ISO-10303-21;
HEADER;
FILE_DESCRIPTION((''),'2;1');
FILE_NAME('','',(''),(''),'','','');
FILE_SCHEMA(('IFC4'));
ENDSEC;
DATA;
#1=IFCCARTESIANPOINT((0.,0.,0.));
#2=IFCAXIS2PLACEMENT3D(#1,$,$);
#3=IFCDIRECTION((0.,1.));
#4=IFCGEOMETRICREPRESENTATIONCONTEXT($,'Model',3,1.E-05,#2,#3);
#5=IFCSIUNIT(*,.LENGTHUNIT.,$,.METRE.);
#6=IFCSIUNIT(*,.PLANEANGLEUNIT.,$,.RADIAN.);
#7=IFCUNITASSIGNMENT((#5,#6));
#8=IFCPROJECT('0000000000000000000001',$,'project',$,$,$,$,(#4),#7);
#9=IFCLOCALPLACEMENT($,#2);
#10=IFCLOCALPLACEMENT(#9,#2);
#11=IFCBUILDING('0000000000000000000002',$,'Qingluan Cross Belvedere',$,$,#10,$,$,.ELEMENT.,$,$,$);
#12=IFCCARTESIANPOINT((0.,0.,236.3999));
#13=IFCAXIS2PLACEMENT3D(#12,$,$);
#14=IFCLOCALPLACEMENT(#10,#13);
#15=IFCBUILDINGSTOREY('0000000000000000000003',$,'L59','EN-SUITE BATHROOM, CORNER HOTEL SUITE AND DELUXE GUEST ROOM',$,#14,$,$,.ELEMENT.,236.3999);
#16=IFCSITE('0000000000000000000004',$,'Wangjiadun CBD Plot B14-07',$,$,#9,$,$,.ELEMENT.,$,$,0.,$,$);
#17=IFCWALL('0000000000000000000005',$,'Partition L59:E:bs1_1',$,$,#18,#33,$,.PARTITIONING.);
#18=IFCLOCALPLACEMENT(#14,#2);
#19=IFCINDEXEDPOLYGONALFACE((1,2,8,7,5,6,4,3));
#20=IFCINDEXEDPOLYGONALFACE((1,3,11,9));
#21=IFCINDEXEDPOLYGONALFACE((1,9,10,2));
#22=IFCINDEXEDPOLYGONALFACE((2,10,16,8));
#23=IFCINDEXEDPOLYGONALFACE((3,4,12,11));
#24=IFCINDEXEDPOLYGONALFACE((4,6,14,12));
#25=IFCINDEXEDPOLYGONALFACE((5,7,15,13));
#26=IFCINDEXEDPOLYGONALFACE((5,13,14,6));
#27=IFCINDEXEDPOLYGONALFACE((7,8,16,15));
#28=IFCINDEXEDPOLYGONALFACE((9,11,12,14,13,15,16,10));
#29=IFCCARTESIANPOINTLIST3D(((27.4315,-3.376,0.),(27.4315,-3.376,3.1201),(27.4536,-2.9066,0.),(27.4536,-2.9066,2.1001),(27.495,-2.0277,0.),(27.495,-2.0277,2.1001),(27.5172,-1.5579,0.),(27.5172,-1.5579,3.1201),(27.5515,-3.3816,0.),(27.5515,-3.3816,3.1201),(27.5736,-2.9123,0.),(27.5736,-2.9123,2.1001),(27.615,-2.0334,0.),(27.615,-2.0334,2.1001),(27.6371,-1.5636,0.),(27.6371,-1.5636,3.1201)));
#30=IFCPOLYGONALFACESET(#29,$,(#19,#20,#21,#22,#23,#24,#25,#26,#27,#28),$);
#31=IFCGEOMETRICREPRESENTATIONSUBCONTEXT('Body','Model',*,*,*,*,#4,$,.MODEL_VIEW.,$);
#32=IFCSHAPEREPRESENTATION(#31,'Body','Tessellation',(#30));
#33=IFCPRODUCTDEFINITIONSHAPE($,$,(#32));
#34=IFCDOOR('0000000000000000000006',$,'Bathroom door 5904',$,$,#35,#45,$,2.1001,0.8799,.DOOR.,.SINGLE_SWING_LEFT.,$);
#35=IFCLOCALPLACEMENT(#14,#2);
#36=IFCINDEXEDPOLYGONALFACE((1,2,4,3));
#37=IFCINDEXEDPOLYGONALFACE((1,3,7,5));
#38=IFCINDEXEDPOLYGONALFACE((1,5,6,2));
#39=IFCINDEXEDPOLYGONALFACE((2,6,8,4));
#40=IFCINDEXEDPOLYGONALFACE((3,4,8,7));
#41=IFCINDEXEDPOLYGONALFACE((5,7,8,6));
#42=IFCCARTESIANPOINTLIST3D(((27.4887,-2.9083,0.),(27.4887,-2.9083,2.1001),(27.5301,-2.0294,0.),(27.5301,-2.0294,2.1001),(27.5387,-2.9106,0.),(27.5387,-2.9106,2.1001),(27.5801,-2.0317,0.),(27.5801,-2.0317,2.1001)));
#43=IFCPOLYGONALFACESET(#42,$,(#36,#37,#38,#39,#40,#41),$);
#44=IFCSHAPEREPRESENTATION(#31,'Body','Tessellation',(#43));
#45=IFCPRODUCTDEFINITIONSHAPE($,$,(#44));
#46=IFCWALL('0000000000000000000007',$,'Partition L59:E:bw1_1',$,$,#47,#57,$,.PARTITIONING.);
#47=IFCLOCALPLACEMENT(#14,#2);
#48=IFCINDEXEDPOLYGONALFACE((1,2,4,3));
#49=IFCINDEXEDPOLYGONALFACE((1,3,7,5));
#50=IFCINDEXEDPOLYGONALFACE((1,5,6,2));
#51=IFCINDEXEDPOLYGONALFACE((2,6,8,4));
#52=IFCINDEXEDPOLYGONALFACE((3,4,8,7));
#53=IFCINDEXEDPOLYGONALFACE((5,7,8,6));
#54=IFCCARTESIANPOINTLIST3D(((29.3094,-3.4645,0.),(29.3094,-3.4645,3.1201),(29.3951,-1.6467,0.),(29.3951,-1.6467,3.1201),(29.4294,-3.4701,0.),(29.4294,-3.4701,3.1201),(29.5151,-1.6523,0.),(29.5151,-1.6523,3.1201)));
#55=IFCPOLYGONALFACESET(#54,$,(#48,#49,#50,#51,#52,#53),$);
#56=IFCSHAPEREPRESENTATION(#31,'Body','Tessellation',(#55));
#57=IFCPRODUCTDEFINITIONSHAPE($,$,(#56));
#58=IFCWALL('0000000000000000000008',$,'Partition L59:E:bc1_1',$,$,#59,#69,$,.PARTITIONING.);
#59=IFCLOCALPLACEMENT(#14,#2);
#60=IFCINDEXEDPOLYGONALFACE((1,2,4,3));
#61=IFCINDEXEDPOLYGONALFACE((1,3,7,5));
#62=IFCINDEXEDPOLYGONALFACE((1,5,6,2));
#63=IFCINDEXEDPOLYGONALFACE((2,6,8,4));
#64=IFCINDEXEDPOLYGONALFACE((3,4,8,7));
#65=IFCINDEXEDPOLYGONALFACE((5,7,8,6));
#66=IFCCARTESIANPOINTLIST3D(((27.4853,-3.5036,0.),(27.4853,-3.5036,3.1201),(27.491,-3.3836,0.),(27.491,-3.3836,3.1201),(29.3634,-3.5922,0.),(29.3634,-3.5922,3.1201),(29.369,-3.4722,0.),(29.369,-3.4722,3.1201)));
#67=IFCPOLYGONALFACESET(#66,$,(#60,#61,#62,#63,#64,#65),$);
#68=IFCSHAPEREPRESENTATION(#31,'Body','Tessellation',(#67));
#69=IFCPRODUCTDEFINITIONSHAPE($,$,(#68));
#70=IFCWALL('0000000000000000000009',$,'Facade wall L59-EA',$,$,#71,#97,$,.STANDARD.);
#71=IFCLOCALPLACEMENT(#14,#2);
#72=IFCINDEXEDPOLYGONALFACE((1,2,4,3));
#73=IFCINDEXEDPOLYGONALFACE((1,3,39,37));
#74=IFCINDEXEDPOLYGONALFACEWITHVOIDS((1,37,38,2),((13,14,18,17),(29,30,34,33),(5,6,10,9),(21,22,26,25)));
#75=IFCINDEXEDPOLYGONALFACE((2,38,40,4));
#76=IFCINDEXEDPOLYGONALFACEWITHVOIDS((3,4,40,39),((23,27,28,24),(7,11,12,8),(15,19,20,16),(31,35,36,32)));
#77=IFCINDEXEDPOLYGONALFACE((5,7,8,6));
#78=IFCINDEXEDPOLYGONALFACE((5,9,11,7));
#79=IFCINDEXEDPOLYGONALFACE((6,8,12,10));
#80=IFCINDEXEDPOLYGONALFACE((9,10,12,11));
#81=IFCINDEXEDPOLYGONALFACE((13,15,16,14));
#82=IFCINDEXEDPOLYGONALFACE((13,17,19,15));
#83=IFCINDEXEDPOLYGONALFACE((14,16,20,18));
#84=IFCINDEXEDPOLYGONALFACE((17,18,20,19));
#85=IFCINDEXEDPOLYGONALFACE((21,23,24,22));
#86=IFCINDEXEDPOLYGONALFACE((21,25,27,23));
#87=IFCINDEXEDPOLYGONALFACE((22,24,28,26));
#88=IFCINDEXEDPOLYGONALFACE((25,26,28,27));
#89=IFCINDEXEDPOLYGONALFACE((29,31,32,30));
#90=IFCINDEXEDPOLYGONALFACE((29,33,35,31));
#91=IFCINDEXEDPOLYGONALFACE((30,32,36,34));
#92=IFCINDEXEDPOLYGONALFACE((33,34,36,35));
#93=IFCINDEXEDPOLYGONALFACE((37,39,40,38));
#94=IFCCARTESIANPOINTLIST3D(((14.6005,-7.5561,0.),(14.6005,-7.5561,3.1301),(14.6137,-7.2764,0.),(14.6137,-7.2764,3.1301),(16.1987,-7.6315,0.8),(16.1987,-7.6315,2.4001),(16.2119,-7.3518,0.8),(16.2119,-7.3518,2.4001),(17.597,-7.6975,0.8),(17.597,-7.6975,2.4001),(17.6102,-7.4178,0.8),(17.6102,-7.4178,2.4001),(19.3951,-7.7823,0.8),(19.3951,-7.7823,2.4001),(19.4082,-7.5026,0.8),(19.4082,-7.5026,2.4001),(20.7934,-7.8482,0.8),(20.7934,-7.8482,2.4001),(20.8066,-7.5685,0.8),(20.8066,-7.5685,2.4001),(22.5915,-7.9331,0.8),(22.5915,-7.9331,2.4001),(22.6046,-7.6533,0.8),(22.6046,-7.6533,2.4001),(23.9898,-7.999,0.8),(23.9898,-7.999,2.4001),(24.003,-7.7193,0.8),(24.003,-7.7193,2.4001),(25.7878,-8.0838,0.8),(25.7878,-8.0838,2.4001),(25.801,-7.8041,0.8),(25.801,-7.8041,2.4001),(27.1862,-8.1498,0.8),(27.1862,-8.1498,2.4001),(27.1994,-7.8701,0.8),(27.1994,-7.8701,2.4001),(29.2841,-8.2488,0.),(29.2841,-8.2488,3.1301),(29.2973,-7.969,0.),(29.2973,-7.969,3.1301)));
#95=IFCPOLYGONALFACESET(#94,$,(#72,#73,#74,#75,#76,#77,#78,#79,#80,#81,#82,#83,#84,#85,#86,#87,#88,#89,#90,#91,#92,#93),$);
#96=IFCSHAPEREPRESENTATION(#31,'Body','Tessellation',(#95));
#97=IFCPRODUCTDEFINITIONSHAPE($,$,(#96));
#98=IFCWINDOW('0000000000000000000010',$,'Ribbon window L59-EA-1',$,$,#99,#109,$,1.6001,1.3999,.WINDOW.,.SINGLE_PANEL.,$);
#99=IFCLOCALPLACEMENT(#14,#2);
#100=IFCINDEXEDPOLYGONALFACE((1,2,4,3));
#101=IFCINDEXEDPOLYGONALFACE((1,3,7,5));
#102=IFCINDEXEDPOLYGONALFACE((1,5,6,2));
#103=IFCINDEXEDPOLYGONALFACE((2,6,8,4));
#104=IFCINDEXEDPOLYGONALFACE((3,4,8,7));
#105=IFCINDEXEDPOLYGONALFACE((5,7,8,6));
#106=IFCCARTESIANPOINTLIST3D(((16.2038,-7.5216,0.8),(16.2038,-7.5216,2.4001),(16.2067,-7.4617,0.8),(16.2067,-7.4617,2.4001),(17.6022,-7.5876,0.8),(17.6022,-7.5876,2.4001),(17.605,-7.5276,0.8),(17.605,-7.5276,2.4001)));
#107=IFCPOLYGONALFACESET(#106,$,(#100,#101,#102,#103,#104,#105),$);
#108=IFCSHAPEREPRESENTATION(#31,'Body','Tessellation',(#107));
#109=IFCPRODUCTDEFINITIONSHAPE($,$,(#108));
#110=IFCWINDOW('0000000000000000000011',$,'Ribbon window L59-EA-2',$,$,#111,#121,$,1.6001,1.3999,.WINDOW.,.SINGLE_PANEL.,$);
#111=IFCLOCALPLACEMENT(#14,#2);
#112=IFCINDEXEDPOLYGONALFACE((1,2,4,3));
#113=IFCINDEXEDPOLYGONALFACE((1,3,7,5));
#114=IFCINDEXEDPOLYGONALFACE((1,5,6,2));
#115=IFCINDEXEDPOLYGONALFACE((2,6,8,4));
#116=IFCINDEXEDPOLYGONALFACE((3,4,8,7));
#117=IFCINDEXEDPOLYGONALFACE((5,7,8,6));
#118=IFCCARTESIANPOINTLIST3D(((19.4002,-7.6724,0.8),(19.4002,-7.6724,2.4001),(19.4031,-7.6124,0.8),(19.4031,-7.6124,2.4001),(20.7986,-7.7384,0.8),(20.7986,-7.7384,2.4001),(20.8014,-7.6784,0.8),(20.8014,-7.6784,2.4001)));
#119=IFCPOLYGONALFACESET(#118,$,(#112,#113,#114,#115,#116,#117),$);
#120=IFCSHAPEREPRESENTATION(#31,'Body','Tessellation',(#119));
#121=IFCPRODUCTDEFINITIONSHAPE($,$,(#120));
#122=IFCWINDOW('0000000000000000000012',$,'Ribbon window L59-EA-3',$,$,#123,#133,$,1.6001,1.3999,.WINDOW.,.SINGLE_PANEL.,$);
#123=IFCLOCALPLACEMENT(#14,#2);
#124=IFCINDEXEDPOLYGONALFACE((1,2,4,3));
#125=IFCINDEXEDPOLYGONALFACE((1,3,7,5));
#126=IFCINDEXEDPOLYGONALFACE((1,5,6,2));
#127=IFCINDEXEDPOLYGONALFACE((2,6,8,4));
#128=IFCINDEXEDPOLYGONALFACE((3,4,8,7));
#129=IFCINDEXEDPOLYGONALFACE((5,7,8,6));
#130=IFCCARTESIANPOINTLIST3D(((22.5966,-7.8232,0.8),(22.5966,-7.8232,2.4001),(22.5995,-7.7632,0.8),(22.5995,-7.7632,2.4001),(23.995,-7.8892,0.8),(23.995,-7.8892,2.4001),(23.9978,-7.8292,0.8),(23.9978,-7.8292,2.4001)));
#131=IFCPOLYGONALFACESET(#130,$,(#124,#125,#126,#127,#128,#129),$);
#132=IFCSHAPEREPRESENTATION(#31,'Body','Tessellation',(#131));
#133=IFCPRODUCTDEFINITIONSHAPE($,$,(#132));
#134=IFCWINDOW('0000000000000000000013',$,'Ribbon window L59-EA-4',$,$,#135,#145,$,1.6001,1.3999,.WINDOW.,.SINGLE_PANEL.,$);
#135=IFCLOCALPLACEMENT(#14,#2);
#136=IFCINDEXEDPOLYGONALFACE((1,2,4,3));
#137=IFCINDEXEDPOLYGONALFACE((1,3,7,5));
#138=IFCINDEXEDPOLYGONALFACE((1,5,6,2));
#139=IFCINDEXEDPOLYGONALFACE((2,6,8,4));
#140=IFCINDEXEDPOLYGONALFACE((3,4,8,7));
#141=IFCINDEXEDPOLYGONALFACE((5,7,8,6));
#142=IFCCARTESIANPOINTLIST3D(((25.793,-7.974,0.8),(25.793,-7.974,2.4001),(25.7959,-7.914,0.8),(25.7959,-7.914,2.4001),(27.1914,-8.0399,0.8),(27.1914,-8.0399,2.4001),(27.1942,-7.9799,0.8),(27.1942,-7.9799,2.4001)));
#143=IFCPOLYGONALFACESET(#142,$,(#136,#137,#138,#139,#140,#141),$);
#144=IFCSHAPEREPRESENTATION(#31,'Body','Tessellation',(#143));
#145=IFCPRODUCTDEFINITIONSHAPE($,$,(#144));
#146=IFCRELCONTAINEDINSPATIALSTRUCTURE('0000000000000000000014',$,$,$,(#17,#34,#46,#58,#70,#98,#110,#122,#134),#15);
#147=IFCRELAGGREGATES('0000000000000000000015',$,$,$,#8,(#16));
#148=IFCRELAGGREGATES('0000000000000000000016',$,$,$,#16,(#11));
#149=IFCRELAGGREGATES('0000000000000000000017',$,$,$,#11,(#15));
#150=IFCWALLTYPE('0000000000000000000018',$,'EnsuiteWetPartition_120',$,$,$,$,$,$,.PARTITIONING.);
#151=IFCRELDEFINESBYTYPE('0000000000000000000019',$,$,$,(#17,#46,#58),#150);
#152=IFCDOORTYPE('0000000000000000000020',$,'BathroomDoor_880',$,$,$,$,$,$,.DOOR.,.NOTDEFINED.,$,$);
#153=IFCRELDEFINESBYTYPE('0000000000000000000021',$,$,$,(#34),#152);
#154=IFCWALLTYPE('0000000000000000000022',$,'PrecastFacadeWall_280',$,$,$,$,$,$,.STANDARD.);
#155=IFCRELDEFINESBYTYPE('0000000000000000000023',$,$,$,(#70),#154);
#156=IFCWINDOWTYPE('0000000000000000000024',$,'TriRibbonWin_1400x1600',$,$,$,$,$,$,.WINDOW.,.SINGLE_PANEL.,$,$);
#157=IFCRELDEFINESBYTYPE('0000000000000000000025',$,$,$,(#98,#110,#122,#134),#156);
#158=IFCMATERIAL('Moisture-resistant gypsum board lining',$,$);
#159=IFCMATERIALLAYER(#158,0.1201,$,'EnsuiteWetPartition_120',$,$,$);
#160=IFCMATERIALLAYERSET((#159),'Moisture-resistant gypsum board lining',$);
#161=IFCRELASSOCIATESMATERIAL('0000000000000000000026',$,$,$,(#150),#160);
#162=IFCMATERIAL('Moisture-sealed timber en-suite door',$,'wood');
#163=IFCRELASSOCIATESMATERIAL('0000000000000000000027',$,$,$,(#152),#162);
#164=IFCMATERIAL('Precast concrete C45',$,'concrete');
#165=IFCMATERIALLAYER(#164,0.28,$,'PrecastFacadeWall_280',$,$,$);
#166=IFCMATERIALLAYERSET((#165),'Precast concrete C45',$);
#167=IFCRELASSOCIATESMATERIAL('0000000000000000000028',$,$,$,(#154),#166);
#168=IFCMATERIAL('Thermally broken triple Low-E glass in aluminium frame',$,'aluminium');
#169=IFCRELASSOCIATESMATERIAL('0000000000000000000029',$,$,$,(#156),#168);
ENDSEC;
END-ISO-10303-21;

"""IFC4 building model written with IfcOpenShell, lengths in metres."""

from ifc_helpers import new_model, si_unit, direction, frame, frame_2d, origin, place, context, subcontext, project, spatial, rectangle, extrude, material, layer, layer_set, type_object, element, fill, save


model = new_model("IFC4")

# Units and contexts
model_context = context("Model", 3, precision=1e-05, world=origin(), true_north=direction((0.0, 1.0)))
body_context = subcontext(model_context, "Body", "Model", "MODEL_VIEW")
ifc_project = project(units=[si_unit("LENGTHUNIT", "METRE"), si_unit("PLANEANGLEUNIT", "RADIAN")], contexts=[model_context])

# Site, building, storey
site_placement = place(None, origin())
site = spatial("IfcSite", under=ifc_project, at=site_placement, Name="Wangjiadun CBD Plot B14-07", CompositionType="ELEMENT", RefElevation=0.0)
building_placement = place(site_placement, origin())
building = spatial("IfcBuilding", under=site, at=building_placement, Name="Qingluan Cross Belvedere", CompositionType="ELEMENT")
storey_placement = place(building_placement, frame((0.0, 0.0, 236.3999)))
storey = spatial("IfcBuildingStorey", under=building, at=storey_placement, Name="L59", Description="EN-SUITE BATHROOM, CORNER HOTEL SUITE AND DELUXE GUEST ROOM", CompositionType="ELEMENT", Elevation=236.3999)

# Shared definitions
ifc_material_1 = material(Name="Moisture-resistant gypsum board lining")
ifc_layer_1 = layer(ifc_material_1, 0.1201, Name="EnsuiteWetPartition_120")
ifc_layer_set_1 = layer_set([ifc_layer_1], Name="Moisture-resistant gypsum board lining")
wall_type_1 = type_object("IfcWallType", Name="EnsuiteWetPartition_120", PredefinedType="PARTITIONING", material=ifc_layer_set_1)
ifc_material_2 = material(Name="Moisture-sealed timber en-suite door", Category="wood")
door_type_1 = type_object("IfcDoorType", Name="BathroomDoor_880", OperationType="NOTDEFINED", PredefinedType="DOOR", material=ifc_material_2)

# Wall, opening, door
wall_1_placement = place(storey_placement, frame((27.4915, -3.3789, 0.0), z_axis=(0.0, 0.0, 1.0), x_axis=(0.047081, 0.998891, 0.0)))
wall_1 = element("IfcWall", 1, at=wall_1_placement, inside=storey, type_object=wall_type_1, Name="Partition L59:E:bs1_1", PredefinedType="PARTITIONING", context=body_context, shape_type="SweptSolid", body=[
    extrude(rectangle(XDim=1.8201, YDim=0.1201, at=frame_2d((0.9102, 0.0))), origin(), (0.0, 0.0, 1.0), 3.1201),
])
opening_1_placement = place(wall_1_placement, frame((0.47, 0.0, 0.0)))
opening_1 = element("IfcOpeningElement", 2, at=opening_1_placement, cuts=wall_1, PredefinedType="OPENING", context=body_context, shape_type="SweptSolid", body=[
    extrude(rectangle(XDim=0.8799, YDim=2.1001, at=frame_2d((0.4399, 1.05))), frame((0.0, 0.0701, 0.0), z_axis=(0.0, -1.0, 0.0), x_axis=(1.0, 0.0, 0.0)), (0.0, 0.0, 1.0), 0.1401),
])
door_1_placement = place(opening_1_placement, origin())
door_1 = element("IfcDoor", 3, at=door_1_placement, inside=storey, type_object=door_type_1, Name="Bathroom door 5904", OperationType="SINGLE_SWING_LEFT", OverallHeight=2.1001, OverallWidth=0.8799, PredefinedType="DOOR", context=body_context, shape_type="SweptSolid", body=[
    extrude(rectangle(XDim=0.8799, YDim=2.1001, at=frame_2d((0.4399, 1.05))), frame((0.0, 0.0249, 0.0), z_axis=(0.0, -1.0, 0.0), x_axis=(1.0, 0.0, 0.0)), (0.0, 0.0, 1.0), 0.05),
])
fill(opening_1, door_1)

# Walls
wall_2_placement = place(storey_placement, frame((29.3694, -3.4673, 0.0), z_axis=(0.0, 0.0, 1.0), x_axis=(0.047087, 0.998891, 0.0)))
element("IfcWall", 4, at=wall_2_placement, inside=storey, type_object=wall_type_1, Name="Partition L59:E:bw1_1", PredefinedType="PARTITIONING", context=body_context, shape_type="SweptSolid", body=[
    extrude(rectangle(XDim=1.8198, YDim=0.1201, at=frame_2d((0.9099, 0.0))), origin(), (0.0, 0.0, 1.0), 3.1201),
])
wall_3_placement = place(storey_placement, frame((27.4883, -3.4436, 0.0), z_axis=(0.0, 0.0, 1.0), x_axis=(0.998888, -0.047139, 0.0)))
element("IfcWall", 5, at=wall_3_placement, inside=storey, type_object=wall_type_1, Name="Partition L59:E:bc1_1", PredefinedType="PARTITIONING", context=body_context, shape_type="SweptSolid", body=[
    extrude(rectangle(XDim=1.8801, YDim=0.1201, at=frame_2d((0.9399, 0.0))), origin(), (0.0, 0.0, 1.0), 3.1201),
])

# Wall, openings, windows
ifc_material_3 = material(Name="Precast concrete C45", Category="concrete")
ifc_layer_2 = layer(ifc_material_3, 0.28, Name="PrecastFacadeWall_280")
ifc_layer_set_2 = layer_set([ifc_layer_2], Name="Precast concrete C45")
wall_type_2 = type_object("IfcWallType", Name="PrecastFacadeWall_280", PredefinedType="STANDARD", material=ifc_layer_set_2)
wall_4_placement = place(storey_placement, frame((14.6069, -7.4163, 0.0), z_axis=(0.0, 0.0, 1.0), x_axis=(0.998889, -0.047118, 0.0)))
wall_4 = element("IfcWall", 6, at=wall_4_placement, inside=storey, type_object=wall_type_2, Name="Facade wall L59-EA", PredefinedType="STANDARD", context=body_context, shape_type="SweptSolid", body=[
    extrude(rectangle(XDim=14.7, YDim=0.28, at=frame_2d((7.3501, 0.0))), origin(), (0.0, 0.0, 1.0), 3.1301),
])
opening_2_placement = place(wall_4_placement, frame((1.6001, 0.0, 0.8)))
opening_2 = element("IfcOpeningElement", 7, at=opening_2_placement, cuts=wall_4, PredefinedType="OPENING", context=body_context, shape_type="SweptSolid", body=[
    extrude(rectangle(XDim=1.3999, YDim=1.6001, at=frame_2d((0.7, 0.8))), frame((0.0, 0.1499, 0.0), z_axis=(0.0, -1.0, 0.0), x_axis=(1.0, 0.0, 0.0)), (0.0, 0.0, 1.0), 0.3),
])
opening_3_placement = place(wall_4_placement, frame((4.8, 0.0, 0.8)))
opening_3 = element("IfcOpeningElement", 8, at=opening_3_placement, cuts=wall_4, PredefinedType="OPENING", context=body_context, shape_type="SweptSolid", body=[
    extrude(rectangle(XDim=1.3999, YDim=1.6001, at=frame_2d((0.7, 0.8))), frame((0.0, 0.1499, 0.0), z_axis=(0.0, -1.0, 0.0), x_axis=(1.0, 0.0, 0.0)), (0.0, 0.0, 1.0), 0.3),
])
opening_4_placement = place(wall_4_placement, frame((8.0, 0.0, 0.8)))
opening_4 = element("IfcOpeningElement", 9, at=opening_4_placement, cuts=wall_4, PredefinedType="OPENING", context=body_context, shape_type="SweptSolid", body=[
    extrude(rectangle(XDim=1.3999, YDim=1.6001, at=frame_2d((0.7, 0.8))), frame((0.0, 0.1499, 0.0), z_axis=(0.0, -1.0, 0.0), x_axis=(1.0, 0.0, 0.0)), (0.0, 0.0, 1.0), 0.3),
])
opening_5_placement = place(wall_4_placement, frame((11.2, 0.0, 0.8)))
opening_5 = element("IfcOpeningElement", 10, at=opening_5_placement, cuts=wall_4, PredefinedType="OPENING", context=body_context, shape_type="SweptSolid", body=[
    extrude(rectangle(XDim=1.3999, YDim=1.6001, at=frame_2d((0.7, 0.8))), frame((0.0, 0.1499, 0.0), z_axis=(0.0, -1.0, 0.0), x_axis=(1.0, 0.0, 0.0)), (0.0, 0.0, 1.0), 0.3),
])
ifc_material_4 = material(Name="Thermally broken triple Low-E glass in aluminium frame", Category="aluminium")
window_type_1 = type_object("IfcWindowType", Name="TriRibbonWin_1400x1600", PartitioningType="SINGLE_PANEL", PredefinedType="WINDOW", material=ifc_material_4)
window_1_placement = place(opening_2_placement, origin())
window_1 = element("IfcWindow", 11, at=window_1_placement, inside=storey, type_object=window_type_1, Name="Ribbon window L59-EA-1", OverallHeight=1.6001, OverallWidth=1.3999, PartitioningType="SINGLE_PANEL", PredefinedType="WINDOW", context=body_context, shape_type="SweptSolid", body=[
    extrude(rectangle(XDim=1.3999, YDim=1.6001, at=frame_2d((0.7, 0.8))), frame((0.0, 0.03, 0.0), z_axis=(0.0, -1.0, 0.0), x_axis=(1.0, 0.0, 0.0)), (0.0, 0.0, 1.0), 0.0601),
])
fill(opening_2, window_1)
window_2_placement = place(opening_3_placement, origin())
window_2 = element("IfcWindow", 12, at=window_2_placement, inside=storey, type_object=window_type_1, Name="Ribbon window L59-EA-2", OverallHeight=1.6001, OverallWidth=1.3999, PartitioningType="SINGLE_PANEL", PredefinedType="WINDOW", context=body_context, shape_type="SweptSolid", body=[
    extrude(rectangle(XDim=1.3999, YDim=1.6001, at=frame_2d((0.7, 0.8))), frame((0.0, 0.03, 0.0), z_axis=(0.0, -1.0, 0.0), x_axis=(1.0, 0.0, 0.0)), (0.0, 0.0, 1.0), 0.0601),
])
fill(opening_3, window_2)
window_3_placement = place(opening_4_placement, origin())
window_3 = element("IfcWindow", 13, at=window_3_placement, inside=storey, type_object=window_type_1, Name="Ribbon window L59-EA-3", OverallHeight=1.6001, OverallWidth=1.3999, PartitioningType="SINGLE_PANEL", PredefinedType="WINDOW", context=body_context, shape_type="SweptSolid", body=[
    extrude(rectangle(XDim=1.3999, YDim=1.6001, at=frame_2d((0.7, 0.8))), frame((0.0, 0.03, 0.0), z_axis=(0.0, -1.0, 0.0), x_axis=(1.0, 0.0, 0.0)), (0.0, 0.0, 1.0), 0.0601),
])
fill(opening_4, window_3)
window_4_placement = place(opening_5_placement, origin())
window_4 = element("IfcWindow", 14, at=window_4_placement, inside=storey, type_object=window_type_1, Name="Ribbon window L59-EA-4", OverallHeight=1.6001, OverallWidth=1.3999, PartitioningType="SINGLE_PANEL", PredefinedType="WINDOW", context=body_context, shape_type="SweptSolid", body=[
    extrude(rectangle(XDim=1.3999, YDim=1.6001, at=frame_2d((0.7, 0.8))), frame((0.0, 0.03, 0.0), z_axis=(0.0, -1.0, 0.0), x_axis=(1.0, 0.0, 0.0)), (0.0, 0.0, 1.0), 0.0601),
])
fill(opening_5, window_4)

save(model, "model.ifc")
